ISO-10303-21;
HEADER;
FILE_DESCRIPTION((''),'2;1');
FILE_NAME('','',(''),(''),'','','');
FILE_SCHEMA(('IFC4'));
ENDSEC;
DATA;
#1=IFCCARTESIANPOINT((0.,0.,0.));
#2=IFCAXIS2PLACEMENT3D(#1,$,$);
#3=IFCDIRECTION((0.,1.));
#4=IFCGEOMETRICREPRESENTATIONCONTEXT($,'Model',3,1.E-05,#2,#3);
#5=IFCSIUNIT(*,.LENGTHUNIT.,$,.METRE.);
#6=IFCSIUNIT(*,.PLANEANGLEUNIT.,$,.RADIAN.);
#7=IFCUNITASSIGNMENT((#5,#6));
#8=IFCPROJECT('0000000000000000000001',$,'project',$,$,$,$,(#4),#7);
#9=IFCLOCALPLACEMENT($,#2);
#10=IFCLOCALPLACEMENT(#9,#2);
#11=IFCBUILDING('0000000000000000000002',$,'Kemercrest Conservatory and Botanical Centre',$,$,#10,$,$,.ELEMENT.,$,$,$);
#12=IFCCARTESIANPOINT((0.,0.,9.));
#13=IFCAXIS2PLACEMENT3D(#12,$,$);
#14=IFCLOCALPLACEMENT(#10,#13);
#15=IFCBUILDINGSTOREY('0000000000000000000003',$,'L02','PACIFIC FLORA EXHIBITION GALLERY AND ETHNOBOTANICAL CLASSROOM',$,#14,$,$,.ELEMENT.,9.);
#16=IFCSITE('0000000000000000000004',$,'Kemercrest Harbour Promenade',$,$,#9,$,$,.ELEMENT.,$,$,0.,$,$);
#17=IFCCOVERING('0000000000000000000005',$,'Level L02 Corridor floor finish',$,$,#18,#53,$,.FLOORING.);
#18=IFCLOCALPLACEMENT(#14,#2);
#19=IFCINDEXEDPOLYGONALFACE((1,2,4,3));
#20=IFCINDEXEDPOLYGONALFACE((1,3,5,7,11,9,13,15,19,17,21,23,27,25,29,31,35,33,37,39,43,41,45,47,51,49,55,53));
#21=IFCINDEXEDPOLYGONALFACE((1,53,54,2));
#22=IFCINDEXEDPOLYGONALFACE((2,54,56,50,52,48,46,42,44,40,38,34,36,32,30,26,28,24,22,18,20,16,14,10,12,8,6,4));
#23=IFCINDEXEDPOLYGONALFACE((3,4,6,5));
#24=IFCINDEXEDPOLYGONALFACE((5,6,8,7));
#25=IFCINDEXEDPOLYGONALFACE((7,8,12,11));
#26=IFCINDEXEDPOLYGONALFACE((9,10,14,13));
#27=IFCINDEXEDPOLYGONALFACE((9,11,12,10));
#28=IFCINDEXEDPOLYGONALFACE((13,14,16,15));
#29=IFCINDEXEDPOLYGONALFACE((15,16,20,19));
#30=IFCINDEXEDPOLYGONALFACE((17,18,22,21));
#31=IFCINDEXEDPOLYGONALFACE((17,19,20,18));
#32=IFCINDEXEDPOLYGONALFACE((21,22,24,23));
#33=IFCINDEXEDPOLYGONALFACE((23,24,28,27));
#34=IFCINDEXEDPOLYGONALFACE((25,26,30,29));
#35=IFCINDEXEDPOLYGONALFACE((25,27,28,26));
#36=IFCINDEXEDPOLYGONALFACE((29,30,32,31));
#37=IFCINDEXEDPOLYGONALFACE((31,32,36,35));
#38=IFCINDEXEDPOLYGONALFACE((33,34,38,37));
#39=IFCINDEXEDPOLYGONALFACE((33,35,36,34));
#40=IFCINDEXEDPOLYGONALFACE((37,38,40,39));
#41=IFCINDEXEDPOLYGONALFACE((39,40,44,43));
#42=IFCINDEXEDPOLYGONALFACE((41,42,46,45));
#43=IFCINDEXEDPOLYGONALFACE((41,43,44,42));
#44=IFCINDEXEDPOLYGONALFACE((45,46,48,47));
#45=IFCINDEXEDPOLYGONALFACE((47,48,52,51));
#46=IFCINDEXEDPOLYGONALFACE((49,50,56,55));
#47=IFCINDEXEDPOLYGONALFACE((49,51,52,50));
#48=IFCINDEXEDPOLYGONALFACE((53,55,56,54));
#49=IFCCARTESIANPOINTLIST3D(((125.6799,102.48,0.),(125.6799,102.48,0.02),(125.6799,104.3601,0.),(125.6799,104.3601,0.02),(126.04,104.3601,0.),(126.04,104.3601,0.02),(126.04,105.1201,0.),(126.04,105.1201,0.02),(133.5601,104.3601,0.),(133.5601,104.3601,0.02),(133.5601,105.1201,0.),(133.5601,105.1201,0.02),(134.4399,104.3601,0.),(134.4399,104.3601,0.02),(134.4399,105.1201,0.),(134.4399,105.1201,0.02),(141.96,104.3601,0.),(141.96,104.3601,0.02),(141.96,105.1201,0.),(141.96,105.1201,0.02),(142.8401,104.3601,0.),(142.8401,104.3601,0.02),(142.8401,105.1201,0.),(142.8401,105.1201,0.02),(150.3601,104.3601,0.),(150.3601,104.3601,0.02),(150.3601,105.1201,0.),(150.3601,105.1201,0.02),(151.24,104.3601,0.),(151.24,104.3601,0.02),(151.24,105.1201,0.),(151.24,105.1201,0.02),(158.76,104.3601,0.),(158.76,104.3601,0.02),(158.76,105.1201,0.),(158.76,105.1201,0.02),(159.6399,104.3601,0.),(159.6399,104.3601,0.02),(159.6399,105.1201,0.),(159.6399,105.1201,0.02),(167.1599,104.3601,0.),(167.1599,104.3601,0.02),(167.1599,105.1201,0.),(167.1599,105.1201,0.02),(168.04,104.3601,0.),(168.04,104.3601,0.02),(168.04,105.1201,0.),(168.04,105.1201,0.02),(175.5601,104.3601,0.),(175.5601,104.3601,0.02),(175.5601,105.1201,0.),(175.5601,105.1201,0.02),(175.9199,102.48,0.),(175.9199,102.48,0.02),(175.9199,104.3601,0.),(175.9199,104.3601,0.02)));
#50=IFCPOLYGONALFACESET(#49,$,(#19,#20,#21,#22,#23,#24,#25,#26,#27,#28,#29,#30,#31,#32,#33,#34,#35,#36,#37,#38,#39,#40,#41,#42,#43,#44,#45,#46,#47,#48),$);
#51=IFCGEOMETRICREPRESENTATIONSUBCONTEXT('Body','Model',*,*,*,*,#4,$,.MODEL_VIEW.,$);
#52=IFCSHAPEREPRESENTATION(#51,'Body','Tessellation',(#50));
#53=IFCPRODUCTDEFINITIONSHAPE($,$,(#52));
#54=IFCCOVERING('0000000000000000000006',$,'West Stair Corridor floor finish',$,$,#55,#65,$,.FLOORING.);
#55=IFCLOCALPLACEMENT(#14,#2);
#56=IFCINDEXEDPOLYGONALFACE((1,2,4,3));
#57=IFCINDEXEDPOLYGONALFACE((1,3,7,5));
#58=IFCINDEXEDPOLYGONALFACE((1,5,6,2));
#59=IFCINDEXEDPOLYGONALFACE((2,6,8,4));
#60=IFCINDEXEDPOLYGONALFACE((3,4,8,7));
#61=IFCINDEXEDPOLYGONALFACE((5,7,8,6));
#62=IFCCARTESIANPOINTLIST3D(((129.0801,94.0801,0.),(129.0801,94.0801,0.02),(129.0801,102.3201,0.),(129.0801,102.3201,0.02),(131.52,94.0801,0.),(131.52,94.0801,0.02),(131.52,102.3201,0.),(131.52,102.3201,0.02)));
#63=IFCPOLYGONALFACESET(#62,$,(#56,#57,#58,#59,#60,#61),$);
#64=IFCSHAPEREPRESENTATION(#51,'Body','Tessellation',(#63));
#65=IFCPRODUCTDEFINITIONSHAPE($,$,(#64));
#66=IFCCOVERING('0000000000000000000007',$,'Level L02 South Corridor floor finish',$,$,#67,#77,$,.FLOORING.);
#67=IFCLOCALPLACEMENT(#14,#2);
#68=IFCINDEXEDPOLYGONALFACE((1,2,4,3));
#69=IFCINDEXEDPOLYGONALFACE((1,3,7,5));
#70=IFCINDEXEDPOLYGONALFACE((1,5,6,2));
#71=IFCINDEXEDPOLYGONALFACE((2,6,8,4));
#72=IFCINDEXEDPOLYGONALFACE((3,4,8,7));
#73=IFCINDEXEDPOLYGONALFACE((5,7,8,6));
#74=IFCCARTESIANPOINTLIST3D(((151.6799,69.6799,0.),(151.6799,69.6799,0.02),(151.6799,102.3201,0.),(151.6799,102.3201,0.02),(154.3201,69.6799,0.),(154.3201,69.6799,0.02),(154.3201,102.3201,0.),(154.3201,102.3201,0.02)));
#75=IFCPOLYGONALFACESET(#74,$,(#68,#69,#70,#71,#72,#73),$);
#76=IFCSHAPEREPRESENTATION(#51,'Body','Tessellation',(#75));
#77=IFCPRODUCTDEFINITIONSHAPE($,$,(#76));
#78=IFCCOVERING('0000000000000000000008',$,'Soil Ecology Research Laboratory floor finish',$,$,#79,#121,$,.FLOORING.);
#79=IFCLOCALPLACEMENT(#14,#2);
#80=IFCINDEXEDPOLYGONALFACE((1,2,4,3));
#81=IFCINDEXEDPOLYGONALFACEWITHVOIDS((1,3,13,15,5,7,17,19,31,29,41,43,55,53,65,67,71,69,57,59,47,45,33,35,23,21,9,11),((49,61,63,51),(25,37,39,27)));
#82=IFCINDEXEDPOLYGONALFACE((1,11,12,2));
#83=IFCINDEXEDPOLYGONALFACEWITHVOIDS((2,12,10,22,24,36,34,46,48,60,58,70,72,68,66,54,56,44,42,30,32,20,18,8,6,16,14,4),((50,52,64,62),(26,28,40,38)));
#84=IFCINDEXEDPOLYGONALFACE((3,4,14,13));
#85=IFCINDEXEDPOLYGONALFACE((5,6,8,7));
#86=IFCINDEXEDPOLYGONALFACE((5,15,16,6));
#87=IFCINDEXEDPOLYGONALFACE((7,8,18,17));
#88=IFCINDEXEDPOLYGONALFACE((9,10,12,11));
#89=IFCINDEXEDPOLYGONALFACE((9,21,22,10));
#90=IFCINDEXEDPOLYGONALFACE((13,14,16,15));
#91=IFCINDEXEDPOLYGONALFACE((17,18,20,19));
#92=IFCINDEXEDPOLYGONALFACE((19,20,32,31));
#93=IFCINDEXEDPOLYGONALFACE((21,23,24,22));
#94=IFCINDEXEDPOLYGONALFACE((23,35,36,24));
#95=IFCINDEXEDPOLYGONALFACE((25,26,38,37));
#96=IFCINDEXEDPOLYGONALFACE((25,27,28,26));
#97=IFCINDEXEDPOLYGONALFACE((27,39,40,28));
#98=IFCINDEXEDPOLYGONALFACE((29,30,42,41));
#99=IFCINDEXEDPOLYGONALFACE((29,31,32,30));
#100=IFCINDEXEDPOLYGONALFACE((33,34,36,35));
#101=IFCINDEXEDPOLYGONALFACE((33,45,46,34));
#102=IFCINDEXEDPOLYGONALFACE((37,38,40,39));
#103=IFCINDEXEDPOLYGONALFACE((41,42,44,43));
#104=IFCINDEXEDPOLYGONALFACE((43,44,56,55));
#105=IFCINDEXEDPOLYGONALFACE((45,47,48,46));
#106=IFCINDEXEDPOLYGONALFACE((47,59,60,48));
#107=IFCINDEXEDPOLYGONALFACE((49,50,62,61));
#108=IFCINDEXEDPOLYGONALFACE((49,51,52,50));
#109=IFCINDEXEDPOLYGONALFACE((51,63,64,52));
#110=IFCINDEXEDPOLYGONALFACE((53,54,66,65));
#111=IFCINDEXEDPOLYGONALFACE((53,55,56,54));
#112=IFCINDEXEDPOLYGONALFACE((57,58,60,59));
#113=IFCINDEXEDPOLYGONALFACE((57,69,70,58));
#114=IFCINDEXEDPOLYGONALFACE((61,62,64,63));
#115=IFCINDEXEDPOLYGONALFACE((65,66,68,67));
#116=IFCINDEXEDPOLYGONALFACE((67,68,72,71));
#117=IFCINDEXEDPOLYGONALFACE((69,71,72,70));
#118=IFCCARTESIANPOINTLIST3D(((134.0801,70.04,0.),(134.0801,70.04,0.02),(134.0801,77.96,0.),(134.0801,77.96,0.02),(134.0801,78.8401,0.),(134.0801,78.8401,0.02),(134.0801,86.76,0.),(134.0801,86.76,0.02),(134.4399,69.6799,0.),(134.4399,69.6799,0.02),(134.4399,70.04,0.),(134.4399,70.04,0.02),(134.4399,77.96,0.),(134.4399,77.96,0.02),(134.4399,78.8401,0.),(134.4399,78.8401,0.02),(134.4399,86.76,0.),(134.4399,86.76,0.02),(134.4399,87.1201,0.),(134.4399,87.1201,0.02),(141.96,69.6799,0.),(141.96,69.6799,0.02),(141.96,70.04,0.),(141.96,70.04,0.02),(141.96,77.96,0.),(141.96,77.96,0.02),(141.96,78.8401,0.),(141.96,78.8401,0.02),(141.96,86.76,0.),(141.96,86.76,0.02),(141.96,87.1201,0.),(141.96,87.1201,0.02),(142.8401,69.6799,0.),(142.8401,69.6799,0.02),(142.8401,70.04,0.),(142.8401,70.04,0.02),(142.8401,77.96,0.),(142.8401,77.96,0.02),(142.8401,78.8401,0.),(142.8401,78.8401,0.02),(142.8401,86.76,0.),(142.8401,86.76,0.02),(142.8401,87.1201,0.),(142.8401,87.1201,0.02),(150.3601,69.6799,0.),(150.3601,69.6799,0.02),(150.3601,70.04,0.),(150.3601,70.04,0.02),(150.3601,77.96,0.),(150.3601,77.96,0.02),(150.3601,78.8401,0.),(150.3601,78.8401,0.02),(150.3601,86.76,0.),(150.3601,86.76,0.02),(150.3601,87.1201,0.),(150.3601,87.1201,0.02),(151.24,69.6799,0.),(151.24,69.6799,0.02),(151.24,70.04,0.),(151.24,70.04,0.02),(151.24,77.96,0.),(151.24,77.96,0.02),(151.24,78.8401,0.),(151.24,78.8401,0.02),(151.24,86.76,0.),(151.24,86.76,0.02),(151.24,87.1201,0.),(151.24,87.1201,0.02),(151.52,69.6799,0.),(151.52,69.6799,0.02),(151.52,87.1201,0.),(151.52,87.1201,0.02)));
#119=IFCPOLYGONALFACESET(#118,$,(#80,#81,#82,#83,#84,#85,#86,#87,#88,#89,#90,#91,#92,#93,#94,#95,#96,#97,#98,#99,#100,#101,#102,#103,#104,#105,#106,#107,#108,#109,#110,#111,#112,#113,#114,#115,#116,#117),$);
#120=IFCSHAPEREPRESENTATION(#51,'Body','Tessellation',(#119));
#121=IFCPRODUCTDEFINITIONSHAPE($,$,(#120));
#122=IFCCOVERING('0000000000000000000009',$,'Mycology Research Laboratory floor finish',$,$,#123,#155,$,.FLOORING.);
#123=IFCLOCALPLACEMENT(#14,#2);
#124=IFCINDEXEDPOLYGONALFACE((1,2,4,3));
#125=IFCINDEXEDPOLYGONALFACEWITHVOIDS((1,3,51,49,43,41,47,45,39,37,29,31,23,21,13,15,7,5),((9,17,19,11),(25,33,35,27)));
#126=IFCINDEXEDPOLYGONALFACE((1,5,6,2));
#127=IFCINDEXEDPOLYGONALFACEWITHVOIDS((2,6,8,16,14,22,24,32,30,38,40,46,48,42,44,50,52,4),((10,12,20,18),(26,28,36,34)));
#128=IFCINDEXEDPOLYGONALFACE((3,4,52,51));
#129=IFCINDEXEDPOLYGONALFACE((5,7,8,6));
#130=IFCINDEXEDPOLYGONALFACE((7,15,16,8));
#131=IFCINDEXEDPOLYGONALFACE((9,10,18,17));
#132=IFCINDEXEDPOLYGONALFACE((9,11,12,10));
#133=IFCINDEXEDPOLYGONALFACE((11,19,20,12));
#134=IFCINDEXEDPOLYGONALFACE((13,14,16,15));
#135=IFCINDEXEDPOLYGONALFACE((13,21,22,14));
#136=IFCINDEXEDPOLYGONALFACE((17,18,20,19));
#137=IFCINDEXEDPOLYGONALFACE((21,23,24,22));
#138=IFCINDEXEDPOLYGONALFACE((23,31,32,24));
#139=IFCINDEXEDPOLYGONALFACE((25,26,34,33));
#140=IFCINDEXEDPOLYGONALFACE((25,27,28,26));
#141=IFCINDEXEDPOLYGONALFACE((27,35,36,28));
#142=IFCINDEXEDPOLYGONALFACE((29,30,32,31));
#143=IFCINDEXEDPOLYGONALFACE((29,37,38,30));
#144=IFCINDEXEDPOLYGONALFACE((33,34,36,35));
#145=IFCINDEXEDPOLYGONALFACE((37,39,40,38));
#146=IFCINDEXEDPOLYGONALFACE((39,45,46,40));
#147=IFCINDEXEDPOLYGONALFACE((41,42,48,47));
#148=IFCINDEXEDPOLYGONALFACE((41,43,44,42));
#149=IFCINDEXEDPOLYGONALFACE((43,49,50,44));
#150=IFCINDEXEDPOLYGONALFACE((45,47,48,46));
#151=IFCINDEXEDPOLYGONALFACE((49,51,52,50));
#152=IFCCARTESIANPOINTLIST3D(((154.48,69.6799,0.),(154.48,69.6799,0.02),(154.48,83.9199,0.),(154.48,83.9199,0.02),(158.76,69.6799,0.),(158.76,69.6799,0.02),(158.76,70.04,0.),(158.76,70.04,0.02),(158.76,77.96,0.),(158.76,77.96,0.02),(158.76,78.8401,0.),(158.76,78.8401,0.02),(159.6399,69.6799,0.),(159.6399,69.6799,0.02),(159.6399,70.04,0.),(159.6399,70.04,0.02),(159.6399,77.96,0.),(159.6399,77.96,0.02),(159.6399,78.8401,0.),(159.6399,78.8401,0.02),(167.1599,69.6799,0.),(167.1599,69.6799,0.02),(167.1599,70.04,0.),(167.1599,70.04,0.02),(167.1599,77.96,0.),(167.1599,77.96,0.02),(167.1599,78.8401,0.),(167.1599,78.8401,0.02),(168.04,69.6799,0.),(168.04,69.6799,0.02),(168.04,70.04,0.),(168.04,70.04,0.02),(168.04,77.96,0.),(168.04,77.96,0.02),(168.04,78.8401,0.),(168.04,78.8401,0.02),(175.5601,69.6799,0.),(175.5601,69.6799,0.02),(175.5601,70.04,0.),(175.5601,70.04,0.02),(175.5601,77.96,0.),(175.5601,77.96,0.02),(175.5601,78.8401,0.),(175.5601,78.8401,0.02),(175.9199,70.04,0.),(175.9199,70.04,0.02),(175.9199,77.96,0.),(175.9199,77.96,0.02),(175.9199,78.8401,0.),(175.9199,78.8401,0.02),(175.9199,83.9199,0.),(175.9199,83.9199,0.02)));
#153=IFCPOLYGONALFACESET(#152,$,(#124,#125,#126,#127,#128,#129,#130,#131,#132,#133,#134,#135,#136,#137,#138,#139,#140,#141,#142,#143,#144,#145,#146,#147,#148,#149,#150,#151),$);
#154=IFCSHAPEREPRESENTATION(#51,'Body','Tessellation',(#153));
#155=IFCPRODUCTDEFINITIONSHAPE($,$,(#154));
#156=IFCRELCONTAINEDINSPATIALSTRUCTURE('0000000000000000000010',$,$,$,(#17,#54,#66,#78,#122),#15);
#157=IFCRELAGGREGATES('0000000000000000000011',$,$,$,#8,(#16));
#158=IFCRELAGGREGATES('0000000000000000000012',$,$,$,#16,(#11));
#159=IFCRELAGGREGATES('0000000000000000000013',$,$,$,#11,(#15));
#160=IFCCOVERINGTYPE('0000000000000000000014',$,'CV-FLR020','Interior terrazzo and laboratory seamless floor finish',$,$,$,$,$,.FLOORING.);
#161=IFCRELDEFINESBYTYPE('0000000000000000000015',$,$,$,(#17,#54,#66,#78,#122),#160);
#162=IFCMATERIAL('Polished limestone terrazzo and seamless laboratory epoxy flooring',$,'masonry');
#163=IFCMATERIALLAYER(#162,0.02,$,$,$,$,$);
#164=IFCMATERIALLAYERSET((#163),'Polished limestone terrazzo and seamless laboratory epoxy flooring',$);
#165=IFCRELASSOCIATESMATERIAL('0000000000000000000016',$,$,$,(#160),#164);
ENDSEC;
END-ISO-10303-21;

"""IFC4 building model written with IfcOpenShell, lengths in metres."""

from ifc_helpers import new_model, si_unit, direction, frame, origin, place, context, subcontext, project, spatial, polyline, outline, extrude, material, layer, layer_set, type_object, element, save


model = new_model("IFC4")

# Units and contexts
model_context = context("Model", 3, precision=1e-05, world=origin(), true_north=direction((0.0, 1.0)))
body_context = subcontext(model_context, "Body", "Model", "MODEL_VIEW")
ifc_project = project(units=[si_unit("LENGTHUNIT", "METRE"), si_unit("PLANEANGLEUNIT", "RADIAN")], contexts=[model_context])

# Site, building, storey
site_placement = place(None, origin())
site = spatial("IfcSite", under=ifc_project, at=site_placement, Name="Kemercrest Harbour Promenade", CompositionType="ELEMENT", RefElevation=0.0)
building_placement = place(site_placement, origin())
building = spatial("IfcBuilding", under=site, at=building_placement, Name="Kemercrest Conservatory and Botanical Centre", CompositionType="ELEMENT")
storey_placement = place(building_placement, frame((0.0, 0.0, 9.0)))
storey = spatial("IfcBuildingStorey", under=building, at=storey_placement, Name="L02", Description="PACIFIC FLORA EXHIBITION GALLERY AND ETHNOBOTANICAL CLASSROOM", CompositionType="ELEMENT", Elevation=9.0)

# Coverings
ifc_material_1 = material(Name="Polished limestone terrazzo and seamless laboratory epoxy flooring", Category="masonry")
ifc_layer_1 = layer(ifc_material_1, 0.02)
ifc_layer_set_1 = layer_set([ifc_layer_1], Name="Polished limestone terrazzo and seamless laboratory epoxy flooring")
covering_type_1 = type_object("IfcCoveringType", Name="CV-FLR020", Description="Interior terrazzo and laboratory seamless floor finish", PredefinedType="FLOORING", material=ifc_layer_set_1)
covering_1_placement = place(storey_placement, origin())
element("IfcCovering", 1, at=covering_1_placement, inside=storey, type_object=covering_type_1, Name="Level L02 Corridor floor finish", PredefinedType="FLOORING", context=body_context, shape_type="SweptSolid", body=[
    extrude(outline(polyline([(125.6799, 102.48), (175.9199, 102.48), (175.9199, 104.3601), (175.5601, 104.3601), (175.5601, 105.1201), (168.04, 105.1201), (168.04, 104.3601), (167.1599, 104.3601), (167.1599, 105.1201), (159.6399, 105.1201), (159.6399, 104.3601), (158.76, 104.3601), (158.76, 105.1201), (151.24, 105.1201), (151.24, 104.3601), (150.3601, 104.3601), (150.3601, 105.1201), (142.8401, 105.1201), (142.8401, 104.3601), (141.96, 104.3601), (141.96, 105.1201), (134.4399, 105.1201), (134.4399, 104.3601), (133.5601, 104.3601), (133.5601, 105.1201), (126.04, 105.1201), (126.04, 104.3601), (125.6799, 104.3601), (125.6799, 102.48)])), origin(), (0.0, 0.0, 1.0), 0.02),
])
covering_2_placement = place(storey_placement, origin())
element("IfcCovering", 2, at=covering_2_placement, inside=storey, type_object=covering_type_1, Name="West Stair Corridor floor finish", PredefinedType="FLOORING", context=body_context, shape_type="SweptSolid", body=[
    extrude(outline(polyline([(129.0801, 94.0801), (131.52, 94.0801), (131.52, 102.3201), (129.0801, 102.3201), (129.0801, 94.0801)])), origin(), (0.0, 0.0, 1.0), 0.02),
])
covering_3_placement = place(storey_placement, origin())
element("IfcCovering", 3, at=covering_3_placement, inside=storey, type_object=covering_type_1, Name="Level L02 South Corridor floor finish", PredefinedType="FLOORING", context=body_context, shape_type="SweptSolid", body=[
    extrude(outline(polyline([(151.6799, 69.6799), (154.3201, 69.6799), (154.3201, 102.3201), (151.6799, 102.3201), (151.6799, 69.6799)])), origin(), (0.0, 0.0, 1.0), 0.02),
])
covering_4_placement = place(storey_placement, origin())
element("IfcCovering", 4, at=covering_4_placement, inside=storey, type_object=covering_type_1, Name="Soil Ecology Research Laboratory floor finish", PredefinedType="FLOORING", context=body_context, shape_type="SweptSolid", body=[
    extrude(outline(polyline([(150.3601, 70.04), (151.24, 70.04), (151.24, 69.6799), (151.52, 69.6799), (151.52, 87.1201), (151.24, 87.1201), (151.24, 86.76), (150.3601, 86.76), (150.3601, 87.1201), (142.8401, 87.1201), (142.8401, 86.76), (141.96, 86.76), (141.96, 87.1201), (134.4399, 87.1201), (134.4399, 86.76), (134.0801, 86.76), (134.0801, 78.8401), (134.4399, 78.8401), (134.4399, 77.96), (134.0801, 77.96), (134.0801, 70.04), (134.4399, 70.04), (134.4399, 69.6799), (141.96, 69.6799), (141.96, 70.04), (142.8401, 70.04), (142.8401, 69.6799), (150.3601, 69.6799), (150.3601, 70.04)]), holes=[polyline([(151.24, 77.96), (150.3601, 77.96), (150.3601, 78.8401), (151.24, 78.8401), (151.24, 77.96)]), polyline([(142.8401, 77.96), (141.96, 77.96), (141.96, 78.8401), (142.8401, 78.8401), (142.8401, 77.96)])]), origin(), (0.0, 0.0, 1.0), 0.02),
])
covering_5_placement = place(storey_placement, origin())
element("IfcCovering", 5, at=covering_5_placement, inside=storey, type_object=covering_type_1, Name="Mycology Research Laboratory floor finish", PredefinedType="FLOORING", context=body_context, shape_type="SweptSolid", body=[
    extrude(outline(polyline([(167.1599, 70.04), (168.04, 70.04), (168.04, 69.6799), (175.5601, 69.6799), (175.5601, 70.04), (175.9199, 70.04), (175.9199, 77.96), (175.5601, 77.96), (175.5601, 78.8401), (175.9199, 78.8401), (175.9199, 83.9199), (154.48, 83.9199), (154.48, 69.6799), (158.76, 69.6799), (158.76, 70.04), (159.6399, 70.04), (159.6399, 69.6799), (167.1599, 69.6799), (167.1599, 70.04)]), holes=[polyline([(168.04, 77.96), (167.1599, 77.96), (167.1599, 78.8401), (168.04, 78.8401), (168.04, 77.96)]), polyline([(159.6399, 77.96), (158.76, 77.96), (158.76, 78.8401), (159.6399, 78.8401), (159.6399, 77.96)])]), origin(), (0.0, 0.0, 1.0), 0.02),
])

save(model, "model.ifc")
